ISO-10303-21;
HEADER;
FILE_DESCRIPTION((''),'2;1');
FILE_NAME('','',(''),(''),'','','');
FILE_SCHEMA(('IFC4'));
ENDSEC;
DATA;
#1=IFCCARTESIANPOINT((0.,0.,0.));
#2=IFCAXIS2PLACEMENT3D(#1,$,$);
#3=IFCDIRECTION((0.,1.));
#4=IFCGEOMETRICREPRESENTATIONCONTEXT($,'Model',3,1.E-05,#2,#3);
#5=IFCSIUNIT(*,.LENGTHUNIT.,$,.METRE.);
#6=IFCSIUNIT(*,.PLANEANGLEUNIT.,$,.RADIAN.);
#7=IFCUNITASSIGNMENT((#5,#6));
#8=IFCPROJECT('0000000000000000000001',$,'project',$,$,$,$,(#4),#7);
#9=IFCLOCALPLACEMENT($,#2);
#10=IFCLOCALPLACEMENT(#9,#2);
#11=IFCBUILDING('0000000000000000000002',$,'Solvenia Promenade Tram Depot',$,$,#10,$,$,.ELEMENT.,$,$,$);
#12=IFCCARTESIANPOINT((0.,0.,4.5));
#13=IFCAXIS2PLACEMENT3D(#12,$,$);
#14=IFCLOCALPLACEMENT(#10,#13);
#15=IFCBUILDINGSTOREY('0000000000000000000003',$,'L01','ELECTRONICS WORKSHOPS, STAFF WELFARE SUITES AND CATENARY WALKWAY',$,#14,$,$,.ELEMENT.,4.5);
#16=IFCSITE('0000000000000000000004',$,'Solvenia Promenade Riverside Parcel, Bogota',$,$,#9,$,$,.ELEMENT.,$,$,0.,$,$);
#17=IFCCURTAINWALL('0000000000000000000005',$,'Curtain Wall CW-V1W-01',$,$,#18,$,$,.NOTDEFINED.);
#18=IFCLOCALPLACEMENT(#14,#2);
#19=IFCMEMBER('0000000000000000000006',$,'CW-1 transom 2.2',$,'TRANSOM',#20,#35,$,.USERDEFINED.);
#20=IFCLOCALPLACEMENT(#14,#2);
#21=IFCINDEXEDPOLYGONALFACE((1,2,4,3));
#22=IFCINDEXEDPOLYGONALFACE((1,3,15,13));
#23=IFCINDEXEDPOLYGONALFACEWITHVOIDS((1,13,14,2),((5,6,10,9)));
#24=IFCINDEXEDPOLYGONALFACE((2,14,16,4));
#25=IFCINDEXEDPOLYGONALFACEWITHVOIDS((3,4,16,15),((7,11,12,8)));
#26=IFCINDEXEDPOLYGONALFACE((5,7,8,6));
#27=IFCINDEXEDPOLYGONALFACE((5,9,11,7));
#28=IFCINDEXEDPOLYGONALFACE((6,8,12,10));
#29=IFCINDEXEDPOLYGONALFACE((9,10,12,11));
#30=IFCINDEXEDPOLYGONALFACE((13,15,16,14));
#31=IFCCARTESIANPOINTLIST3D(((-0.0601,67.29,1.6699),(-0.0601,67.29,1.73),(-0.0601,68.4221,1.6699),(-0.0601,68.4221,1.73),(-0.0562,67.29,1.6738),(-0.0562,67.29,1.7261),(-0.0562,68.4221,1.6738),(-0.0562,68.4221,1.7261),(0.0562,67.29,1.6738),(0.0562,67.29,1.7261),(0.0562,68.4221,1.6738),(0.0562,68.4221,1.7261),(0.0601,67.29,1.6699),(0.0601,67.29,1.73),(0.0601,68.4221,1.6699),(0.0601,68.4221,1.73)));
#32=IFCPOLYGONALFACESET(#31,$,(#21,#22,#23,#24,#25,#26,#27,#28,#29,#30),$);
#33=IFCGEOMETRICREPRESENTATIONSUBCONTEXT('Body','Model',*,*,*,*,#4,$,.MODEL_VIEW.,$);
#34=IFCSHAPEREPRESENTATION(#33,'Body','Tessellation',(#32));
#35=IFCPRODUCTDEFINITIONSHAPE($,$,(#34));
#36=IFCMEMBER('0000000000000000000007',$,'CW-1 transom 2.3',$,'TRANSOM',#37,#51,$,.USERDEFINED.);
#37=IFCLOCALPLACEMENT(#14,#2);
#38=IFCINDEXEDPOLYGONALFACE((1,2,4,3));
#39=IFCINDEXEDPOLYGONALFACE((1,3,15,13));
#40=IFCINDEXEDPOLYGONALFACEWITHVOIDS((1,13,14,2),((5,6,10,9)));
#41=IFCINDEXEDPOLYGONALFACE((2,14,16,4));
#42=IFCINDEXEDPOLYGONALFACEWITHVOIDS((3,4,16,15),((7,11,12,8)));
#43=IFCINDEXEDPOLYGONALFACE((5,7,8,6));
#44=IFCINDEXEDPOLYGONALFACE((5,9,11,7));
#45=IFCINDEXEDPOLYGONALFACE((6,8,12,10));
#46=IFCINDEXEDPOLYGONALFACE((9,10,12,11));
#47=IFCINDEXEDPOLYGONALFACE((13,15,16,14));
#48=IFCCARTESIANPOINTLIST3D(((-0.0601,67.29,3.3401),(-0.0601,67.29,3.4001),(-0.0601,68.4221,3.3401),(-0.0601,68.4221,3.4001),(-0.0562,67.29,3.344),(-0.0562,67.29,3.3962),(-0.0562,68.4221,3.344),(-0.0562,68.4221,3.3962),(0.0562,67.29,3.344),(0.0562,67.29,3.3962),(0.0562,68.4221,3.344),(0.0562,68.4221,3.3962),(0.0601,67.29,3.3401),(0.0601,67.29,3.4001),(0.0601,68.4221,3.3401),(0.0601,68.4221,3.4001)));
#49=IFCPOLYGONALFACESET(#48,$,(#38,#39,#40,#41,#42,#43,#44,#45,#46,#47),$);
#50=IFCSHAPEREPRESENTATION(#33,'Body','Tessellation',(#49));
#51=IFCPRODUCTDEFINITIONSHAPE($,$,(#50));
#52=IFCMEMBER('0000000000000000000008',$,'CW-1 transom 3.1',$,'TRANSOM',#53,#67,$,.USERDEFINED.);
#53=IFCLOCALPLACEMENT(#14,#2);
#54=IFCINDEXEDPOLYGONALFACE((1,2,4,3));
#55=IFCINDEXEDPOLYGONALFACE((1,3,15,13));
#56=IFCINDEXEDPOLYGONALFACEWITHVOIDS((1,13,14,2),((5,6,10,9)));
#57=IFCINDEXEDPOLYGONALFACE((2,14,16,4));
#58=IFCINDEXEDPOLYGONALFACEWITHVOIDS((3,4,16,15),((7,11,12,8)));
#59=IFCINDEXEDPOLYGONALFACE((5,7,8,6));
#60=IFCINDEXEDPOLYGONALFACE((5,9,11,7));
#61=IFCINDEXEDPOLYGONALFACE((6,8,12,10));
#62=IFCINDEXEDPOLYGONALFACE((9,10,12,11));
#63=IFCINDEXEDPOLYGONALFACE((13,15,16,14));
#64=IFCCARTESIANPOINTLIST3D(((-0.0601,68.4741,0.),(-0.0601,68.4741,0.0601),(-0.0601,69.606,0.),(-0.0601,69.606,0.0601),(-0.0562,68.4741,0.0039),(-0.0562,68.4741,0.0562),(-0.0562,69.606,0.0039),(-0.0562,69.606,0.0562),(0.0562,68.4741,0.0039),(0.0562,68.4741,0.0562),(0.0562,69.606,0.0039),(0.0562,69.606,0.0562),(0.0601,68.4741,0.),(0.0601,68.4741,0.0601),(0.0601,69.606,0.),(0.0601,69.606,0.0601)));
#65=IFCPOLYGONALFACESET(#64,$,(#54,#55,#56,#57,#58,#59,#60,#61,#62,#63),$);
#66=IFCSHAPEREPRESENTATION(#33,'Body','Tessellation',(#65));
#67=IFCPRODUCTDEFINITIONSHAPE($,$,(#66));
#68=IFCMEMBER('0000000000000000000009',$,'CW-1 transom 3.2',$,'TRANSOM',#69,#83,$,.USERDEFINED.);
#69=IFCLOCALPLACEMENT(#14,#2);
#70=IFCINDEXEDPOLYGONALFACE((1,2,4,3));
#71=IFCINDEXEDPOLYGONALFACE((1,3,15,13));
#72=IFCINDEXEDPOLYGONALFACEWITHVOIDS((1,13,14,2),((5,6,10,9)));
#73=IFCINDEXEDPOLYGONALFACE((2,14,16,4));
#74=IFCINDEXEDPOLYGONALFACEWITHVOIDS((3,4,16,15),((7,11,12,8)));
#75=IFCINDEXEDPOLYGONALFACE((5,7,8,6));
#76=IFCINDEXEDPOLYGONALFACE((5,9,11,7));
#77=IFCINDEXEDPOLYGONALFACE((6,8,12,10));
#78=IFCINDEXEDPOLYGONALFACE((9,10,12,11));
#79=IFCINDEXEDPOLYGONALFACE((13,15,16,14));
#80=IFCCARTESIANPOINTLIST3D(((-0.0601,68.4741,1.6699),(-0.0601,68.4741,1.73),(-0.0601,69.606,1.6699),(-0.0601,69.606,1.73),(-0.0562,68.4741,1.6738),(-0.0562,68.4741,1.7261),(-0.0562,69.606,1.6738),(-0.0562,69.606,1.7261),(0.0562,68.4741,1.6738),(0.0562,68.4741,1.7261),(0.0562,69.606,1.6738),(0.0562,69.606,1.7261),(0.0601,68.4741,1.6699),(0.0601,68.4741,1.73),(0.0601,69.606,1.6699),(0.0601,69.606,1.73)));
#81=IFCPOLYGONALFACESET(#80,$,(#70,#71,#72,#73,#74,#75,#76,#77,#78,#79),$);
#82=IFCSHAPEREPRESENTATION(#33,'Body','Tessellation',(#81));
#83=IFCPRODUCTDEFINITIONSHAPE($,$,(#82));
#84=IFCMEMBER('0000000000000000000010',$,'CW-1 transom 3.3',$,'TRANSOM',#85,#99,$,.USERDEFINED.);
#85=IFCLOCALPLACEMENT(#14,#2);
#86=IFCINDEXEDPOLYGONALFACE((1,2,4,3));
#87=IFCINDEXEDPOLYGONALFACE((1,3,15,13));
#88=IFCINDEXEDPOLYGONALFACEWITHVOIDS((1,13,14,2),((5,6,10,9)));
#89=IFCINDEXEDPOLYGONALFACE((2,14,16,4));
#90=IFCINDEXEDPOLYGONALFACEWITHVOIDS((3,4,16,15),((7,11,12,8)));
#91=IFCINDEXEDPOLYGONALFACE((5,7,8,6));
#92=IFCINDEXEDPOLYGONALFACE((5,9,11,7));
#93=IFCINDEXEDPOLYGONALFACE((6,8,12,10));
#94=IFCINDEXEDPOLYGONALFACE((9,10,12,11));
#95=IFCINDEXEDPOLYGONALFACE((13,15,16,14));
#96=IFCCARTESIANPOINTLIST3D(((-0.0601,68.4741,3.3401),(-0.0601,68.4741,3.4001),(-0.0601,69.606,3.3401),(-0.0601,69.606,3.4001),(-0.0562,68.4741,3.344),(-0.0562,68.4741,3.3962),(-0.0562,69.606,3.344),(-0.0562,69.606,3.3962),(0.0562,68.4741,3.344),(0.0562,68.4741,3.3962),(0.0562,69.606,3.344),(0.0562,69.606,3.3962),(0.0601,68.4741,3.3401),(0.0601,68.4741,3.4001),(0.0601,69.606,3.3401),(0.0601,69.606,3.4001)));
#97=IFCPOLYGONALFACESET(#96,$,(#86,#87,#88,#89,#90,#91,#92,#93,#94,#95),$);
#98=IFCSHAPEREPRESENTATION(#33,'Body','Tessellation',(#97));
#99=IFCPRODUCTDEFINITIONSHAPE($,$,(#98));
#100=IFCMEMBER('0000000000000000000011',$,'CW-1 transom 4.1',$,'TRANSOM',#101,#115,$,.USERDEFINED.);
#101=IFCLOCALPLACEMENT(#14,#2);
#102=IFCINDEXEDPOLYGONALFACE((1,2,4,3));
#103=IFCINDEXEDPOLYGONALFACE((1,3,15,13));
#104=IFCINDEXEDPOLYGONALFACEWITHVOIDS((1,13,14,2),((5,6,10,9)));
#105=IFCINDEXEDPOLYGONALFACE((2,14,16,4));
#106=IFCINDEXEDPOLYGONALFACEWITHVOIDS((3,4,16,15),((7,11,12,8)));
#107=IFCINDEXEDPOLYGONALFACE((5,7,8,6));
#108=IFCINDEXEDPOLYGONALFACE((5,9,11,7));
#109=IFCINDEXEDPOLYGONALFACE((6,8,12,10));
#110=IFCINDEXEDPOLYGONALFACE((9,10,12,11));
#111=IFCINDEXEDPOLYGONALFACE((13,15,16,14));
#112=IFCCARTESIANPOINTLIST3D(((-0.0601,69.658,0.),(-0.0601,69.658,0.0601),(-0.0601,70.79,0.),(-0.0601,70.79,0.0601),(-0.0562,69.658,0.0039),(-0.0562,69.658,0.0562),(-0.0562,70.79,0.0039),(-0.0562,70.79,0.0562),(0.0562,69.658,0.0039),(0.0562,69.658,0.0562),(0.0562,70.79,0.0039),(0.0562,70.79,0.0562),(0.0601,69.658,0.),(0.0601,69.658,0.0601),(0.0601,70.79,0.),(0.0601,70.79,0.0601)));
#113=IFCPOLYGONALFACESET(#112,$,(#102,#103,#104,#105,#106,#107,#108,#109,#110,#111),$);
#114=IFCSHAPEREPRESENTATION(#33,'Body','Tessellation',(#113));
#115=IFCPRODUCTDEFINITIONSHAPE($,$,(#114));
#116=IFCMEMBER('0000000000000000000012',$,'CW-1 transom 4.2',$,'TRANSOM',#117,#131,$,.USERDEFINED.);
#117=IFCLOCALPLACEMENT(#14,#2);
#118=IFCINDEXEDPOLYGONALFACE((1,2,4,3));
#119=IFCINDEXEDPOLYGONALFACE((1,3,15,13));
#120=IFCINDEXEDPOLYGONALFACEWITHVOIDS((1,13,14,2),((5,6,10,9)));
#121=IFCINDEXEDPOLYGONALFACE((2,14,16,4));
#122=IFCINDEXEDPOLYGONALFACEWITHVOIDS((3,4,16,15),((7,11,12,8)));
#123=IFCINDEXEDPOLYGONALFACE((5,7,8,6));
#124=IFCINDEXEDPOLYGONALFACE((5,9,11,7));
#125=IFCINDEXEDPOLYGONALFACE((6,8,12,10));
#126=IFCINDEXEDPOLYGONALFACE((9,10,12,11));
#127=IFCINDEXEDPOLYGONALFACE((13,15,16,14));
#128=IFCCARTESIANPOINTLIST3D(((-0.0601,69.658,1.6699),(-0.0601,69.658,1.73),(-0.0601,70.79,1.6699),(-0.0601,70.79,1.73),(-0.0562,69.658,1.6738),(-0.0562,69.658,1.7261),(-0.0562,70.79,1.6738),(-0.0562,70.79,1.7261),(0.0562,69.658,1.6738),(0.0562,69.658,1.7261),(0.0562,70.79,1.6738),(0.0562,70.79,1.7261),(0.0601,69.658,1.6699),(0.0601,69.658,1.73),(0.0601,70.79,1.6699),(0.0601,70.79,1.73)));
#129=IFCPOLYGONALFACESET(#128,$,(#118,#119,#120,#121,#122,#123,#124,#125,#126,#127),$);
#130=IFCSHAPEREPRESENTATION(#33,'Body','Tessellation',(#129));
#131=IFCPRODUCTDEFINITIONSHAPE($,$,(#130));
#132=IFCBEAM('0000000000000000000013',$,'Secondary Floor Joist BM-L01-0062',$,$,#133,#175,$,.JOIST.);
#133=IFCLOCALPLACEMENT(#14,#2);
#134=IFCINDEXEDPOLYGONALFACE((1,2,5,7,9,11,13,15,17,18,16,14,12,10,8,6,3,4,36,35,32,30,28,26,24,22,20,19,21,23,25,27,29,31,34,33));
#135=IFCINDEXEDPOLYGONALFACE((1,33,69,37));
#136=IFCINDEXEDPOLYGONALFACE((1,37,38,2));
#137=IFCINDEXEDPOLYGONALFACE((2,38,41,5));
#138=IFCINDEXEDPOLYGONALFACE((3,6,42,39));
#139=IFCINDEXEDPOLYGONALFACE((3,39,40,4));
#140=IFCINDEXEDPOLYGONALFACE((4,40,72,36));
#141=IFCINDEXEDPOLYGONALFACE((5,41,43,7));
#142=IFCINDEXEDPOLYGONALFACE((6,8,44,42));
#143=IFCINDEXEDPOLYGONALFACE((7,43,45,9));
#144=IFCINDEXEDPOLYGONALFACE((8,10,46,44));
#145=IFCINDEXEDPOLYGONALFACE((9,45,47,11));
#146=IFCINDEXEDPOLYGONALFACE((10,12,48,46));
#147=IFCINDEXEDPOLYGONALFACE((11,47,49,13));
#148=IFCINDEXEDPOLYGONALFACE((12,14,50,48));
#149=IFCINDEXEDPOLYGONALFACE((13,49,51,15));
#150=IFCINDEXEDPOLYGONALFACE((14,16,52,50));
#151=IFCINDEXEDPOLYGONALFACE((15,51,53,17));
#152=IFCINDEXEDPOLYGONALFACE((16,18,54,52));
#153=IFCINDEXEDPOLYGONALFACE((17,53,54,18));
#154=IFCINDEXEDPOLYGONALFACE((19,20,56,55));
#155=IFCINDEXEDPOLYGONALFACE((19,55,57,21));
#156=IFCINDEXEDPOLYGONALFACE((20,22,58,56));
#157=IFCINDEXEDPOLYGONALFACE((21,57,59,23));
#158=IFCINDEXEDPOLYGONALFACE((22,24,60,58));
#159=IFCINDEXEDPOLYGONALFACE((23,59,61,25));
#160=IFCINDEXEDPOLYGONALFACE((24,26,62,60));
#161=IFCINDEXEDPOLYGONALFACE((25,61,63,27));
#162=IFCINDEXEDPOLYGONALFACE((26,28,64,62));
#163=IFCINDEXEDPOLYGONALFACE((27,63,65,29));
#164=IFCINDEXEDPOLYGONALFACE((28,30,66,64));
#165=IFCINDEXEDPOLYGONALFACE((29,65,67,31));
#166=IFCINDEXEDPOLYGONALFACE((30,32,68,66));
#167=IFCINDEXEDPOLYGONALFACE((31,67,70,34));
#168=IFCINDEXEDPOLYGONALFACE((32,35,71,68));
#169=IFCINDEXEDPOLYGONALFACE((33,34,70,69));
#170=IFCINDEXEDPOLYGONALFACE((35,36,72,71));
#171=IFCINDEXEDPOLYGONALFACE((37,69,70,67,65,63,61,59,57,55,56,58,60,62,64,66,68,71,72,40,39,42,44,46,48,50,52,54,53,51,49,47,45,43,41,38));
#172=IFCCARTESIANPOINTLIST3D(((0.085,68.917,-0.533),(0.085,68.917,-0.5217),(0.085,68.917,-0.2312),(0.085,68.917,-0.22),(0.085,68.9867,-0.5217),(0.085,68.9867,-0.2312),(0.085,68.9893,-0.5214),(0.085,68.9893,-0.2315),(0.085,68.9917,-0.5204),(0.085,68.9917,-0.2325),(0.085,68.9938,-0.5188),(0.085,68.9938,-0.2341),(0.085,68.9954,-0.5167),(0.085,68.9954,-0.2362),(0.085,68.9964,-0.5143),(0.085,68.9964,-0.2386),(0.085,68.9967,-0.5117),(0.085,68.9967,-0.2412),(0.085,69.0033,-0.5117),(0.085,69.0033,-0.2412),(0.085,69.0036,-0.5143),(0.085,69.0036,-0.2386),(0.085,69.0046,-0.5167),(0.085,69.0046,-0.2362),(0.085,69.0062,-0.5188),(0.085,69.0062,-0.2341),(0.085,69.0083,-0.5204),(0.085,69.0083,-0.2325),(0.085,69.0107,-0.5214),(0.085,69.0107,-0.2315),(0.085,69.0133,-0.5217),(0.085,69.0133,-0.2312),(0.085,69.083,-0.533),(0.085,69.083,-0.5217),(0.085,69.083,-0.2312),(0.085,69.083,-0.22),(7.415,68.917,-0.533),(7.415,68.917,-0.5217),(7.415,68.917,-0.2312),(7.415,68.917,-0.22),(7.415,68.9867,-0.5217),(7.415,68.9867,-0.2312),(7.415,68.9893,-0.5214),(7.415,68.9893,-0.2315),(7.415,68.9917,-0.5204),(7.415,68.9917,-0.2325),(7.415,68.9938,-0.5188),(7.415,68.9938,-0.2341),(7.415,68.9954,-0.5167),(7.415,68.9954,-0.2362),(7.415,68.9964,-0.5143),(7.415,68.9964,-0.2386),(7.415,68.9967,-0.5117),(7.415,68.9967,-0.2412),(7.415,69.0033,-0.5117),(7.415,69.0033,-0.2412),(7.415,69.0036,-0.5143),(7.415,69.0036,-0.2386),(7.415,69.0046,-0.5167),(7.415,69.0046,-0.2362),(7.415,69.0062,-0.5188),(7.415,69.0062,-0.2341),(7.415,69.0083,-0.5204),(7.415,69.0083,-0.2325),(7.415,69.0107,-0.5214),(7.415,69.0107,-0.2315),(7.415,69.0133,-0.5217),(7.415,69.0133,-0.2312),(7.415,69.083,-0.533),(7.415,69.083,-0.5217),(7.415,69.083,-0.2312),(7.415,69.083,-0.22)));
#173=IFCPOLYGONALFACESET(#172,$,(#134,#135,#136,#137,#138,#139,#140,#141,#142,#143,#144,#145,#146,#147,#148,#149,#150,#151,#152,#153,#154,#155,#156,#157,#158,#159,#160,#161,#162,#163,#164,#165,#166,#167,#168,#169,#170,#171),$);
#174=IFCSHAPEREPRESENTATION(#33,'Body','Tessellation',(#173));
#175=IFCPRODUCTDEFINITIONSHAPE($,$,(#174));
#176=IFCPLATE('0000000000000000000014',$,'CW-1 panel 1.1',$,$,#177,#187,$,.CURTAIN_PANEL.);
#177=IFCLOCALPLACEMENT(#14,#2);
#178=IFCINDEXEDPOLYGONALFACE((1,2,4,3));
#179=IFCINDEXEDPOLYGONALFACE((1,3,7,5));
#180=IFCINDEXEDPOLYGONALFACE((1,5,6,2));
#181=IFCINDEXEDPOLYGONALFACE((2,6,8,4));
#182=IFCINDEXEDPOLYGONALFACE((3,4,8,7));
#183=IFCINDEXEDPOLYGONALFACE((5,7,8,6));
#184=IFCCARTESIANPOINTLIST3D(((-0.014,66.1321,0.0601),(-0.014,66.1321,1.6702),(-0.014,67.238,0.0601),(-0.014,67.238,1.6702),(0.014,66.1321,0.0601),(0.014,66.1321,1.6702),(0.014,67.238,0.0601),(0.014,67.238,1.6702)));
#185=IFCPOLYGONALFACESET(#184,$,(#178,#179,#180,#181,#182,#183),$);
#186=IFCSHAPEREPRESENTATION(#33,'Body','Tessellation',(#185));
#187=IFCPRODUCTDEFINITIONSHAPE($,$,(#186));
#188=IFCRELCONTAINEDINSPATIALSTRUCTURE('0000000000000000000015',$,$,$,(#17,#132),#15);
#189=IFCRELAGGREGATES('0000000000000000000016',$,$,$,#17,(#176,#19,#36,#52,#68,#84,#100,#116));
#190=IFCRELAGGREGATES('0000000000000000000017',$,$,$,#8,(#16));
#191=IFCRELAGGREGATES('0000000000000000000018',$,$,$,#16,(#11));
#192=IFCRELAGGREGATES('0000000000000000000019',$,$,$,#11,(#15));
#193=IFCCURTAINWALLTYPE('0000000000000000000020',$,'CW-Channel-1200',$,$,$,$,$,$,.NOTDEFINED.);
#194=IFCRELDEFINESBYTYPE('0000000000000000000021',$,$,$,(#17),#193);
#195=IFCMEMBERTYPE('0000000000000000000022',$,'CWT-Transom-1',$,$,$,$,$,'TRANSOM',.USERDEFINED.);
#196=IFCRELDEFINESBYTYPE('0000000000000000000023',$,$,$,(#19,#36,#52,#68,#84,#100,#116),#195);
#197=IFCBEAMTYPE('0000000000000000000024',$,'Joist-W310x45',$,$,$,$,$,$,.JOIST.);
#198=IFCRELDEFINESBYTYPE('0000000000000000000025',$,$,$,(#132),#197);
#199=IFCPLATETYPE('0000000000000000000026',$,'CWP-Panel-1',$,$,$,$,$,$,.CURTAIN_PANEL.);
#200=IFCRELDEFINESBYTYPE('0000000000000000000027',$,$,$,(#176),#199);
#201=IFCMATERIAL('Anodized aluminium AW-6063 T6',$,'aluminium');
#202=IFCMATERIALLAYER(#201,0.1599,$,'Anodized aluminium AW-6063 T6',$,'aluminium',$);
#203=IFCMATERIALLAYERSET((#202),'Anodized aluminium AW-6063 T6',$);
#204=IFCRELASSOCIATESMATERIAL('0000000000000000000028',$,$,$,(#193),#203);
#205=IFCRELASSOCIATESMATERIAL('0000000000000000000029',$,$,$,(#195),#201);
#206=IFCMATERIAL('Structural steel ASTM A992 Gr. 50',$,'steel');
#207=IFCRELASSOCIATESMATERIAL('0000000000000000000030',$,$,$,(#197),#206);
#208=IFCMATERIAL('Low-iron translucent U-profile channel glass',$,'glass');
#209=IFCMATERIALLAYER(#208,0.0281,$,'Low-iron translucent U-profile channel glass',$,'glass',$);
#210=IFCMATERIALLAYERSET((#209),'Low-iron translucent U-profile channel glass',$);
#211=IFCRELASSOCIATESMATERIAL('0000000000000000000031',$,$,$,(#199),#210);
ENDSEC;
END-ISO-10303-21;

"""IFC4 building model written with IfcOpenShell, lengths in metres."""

from ifc_helpers import new_model, si_unit, direction, frame, origin, origin_2d, place, context, subcontext, project, spatial, rectangle, hollow_rectangle, i_section, extrude, material, layer, layer_set, material_profile, profile_set, type_object, element, aggregate, save


model = new_model("IFC4")

# Units and contexts
model_context = context("Model", 3, precision=1e-05, world=origin(), true_north=direction((0.0, 1.0)))
body_context = subcontext(model_context, "Body", "Model", "MODEL_VIEW")
ifc_project = project(units=[si_unit("LENGTHUNIT", "METRE"), si_unit("PLANEANGLEUNIT", "RADIAN")], contexts=[model_context])

# Site, building, storey
site_placement = place(None, origin())
site = spatial("IfcSite", under=ifc_project, at=site_placement, Name="Solvenia Promenade Riverside Parcel, Bogota", CompositionType="ELEMENT", RefElevation=0.0)
building_placement = place(site_placement, origin())
building = spatial("IfcBuilding", under=site, at=building_placement, Name="Solvenia Promenade Tram Depot", CompositionType="ELEMENT")
storey_placement = place(building_placement, frame((0.0, 0.0, 4.5)))
storey = spatial("IfcBuildingStorey", under=building, at=storey_placement, Name="L01", Description="ELECTRONICS WORKSHOPS, STAFF WELFARE SUITES AND CATENARY WALKWAY", CompositionType="ELEMENT", Elevation=4.5)

# Shared definitions
ifc_material_1 = material(Name="Structural steel ASTM A992 Gr. 50", Category="steel")

# Curtain wall, members
ifc_material_2 = material(Name="Anodized aluminium AW-6063 T6", Category="aluminium")
ifc_layer_1 = layer(ifc_material_2, 0.1599, Name="Anodized aluminium AW-6063 T6", Category="aluminium")
ifc_layer_set_1 = layer_set([ifc_layer_1], Name="Anodized aluminium AW-6063 T6")
curtain_wall_type = type_object("IfcCurtainWallType", Name="CW-Channel-1200", PredefinedType="NOTDEFINED", material=ifc_layer_set_1)
curtain_wall_placement = place(storey_placement, origin())
curtain_wall = element("IfcCurtainWall", 1, at=curtain_wall_placement, inside=storey, type_object=curtain_wall_type, Name="Curtain Wall CW-V1W-01", PredefinedType="NOTDEFINED")
ifc_material_profile_1 = material_profile(ifc_material_2, hollow_rectangle(XDim=0.1201, YDim=0.0601, WallThickness=0.0039, at=origin_2d()), Name="ALU-T1", Category="aluminium")
ifc_profile_set_1 = profile_set([ifc_material_profile_1], Name="Anodized aluminium AW-6063 T6")
member_type_1 = type_object("IfcMemberType", Name="CWT-Transom-1", ElementType="TRANSOM", PredefinedType="USERDEFINED", material=ifc_profile_set_1)
member_1_placement = place(storey_placement, frame((0.0, 67.29, 1.7), z_axis=(0.0, 1.0, 0.0), x_axis=(-1.0, 0.0, 0.0)))
member_1 = element("IfcMember", 2, at=member_1_placement, type_object=member_type_1, Name="CW-1 transom 2.2", ObjectType="TRANSOM", PredefinedType="USERDEFINED", context=body_context, shape_type="SweptSolid", body=[
    extrude(hollow_rectangle(XDim=0.1201, YDim=0.0601, WallThickness=0.0039, at=origin_2d()), origin(), (0.0, 0.0, 1.0), 1.1321),
])
member_2_placement = place(storey_placement, frame((0.0, 67.29, 3.3701), z_axis=(0.0, 1.0, 0.0), x_axis=(-1.0, 0.0, 0.0)))
member_2 = element("IfcMember", 3, at=member_2_placement, type_object=member_type_1, Name="CW-1 transom 2.3", ObjectType="TRANSOM", PredefinedType="USERDEFINED", context=body_context, shape_type="SweptSolid", body=[
    extrude(hollow_rectangle(XDim=0.1201, YDim=0.0601, WallThickness=0.0039, at=origin_2d()), origin(), (0.0, 0.0, 1.0), 1.1321),
])
member_3_placement = place(storey_placement, frame((0.0, 68.4741, 0.03), z_axis=(0.0, 1.0, 0.0), x_axis=(-1.0, 0.0, 0.0)))
member_3 = element("IfcMember", 4, at=member_3_placement, type_object=member_type_1, Name="CW-1 transom 3.1", ObjectType="TRANSOM", PredefinedType="USERDEFINED", context=body_context, shape_type="SweptSolid", body=[
    extrude(hollow_rectangle(XDim=0.1201, YDim=0.0601, WallThickness=0.0039, at=origin_2d()), origin(), (0.0, 0.0, 1.0), 1.1318),
])
member_4_placement = place(storey_placement, frame((0.0, 68.4741, 1.7), z_axis=(0.0, 1.0, 0.0), x_axis=(-1.0, 0.0, 0.0)))
member_4 = element("IfcMember", 5, at=member_4_placement, type_object=member_type_1, Name="CW-1 transom 3.2", ObjectType="TRANSOM", PredefinedType="USERDEFINED", context=body_context, shape_type="SweptSolid", body=[
    extrude(hollow_rectangle(XDim=0.1201, YDim=0.0601, WallThickness=0.0039, at=origin_2d()), origin(), (0.0, 0.0, 1.0), 1.1318),
])
member_5_placement = place(storey_placement, frame((0.0, 68.4741, 3.3701), z_axis=(0.0, 1.0, 0.0), x_axis=(-1.0, 0.0, 0.0)))
member_5 = element("IfcMember", 6, at=member_5_placement, type_object=member_type_1, Name="CW-1 transom 3.3", ObjectType="TRANSOM", PredefinedType="USERDEFINED", context=body_context, shape_type="SweptSolid", body=[
    extrude(hollow_rectangle(XDim=0.1201, YDim=0.0601, WallThickness=0.0039, at=origin_2d()), origin(), (0.0, 0.0, 1.0), 1.1318),
])
member_6_placement = place(storey_placement, frame((0.0, 69.658, 0.03), z_axis=(0.0, 1.0, 0.0), x_axis=(-1.0, 0.0, 0.0)))
member_6 = element("IfcMember", 7, at=member_6_placement, type_object=member_type_1, Name="CW-1 transom 4.1", ObjectType="TRANSOM", PredefinedType="USERDEFINED", context=body_context, shape_type="SweptSolid", body=[
    extrude(hollow_rectangle(XDim=0.1201, YDim=0.0601, WallThickness=0.0039, at=origin_2d()), origin(), (0.0, 0.0, 1.0), 1.1321),
])
member_7_placement = place(storey_placement, frame((0.0, 69.658, 1.7), z_axis=(0.0, 1.0, 0.0), x_axis=(-1.0, 0.0, 0.0)))
member_7 = element("IfcMember", 8, at=member_7_placement, type_object=member_type_1, Name="CW-1 transom 4.2", ObjectType="TRANSOM", PredefinedType="USERDEFINED", context=body_context, shape_type="SweptSolid", body=[
    extrude(hollow_rectangle(XDim=0.1201, YDim=0.0601, WallThickness=0.0039, at=origin_2d()), origin(), (0.0, 0.0, 1.0), 1.1321),
])

# Beam
ifc_material_profile_2 = material_profile(ifc_material_1, i_section(OverallWidth=0.166, OverallDepth=0.313, WebThickness=0.0066, FlangeThickness=0.0112, FilletRadius=0.01, at=origin_2d()), Name="W310x45", Category="steel")
ifc_profile_set_2 = profile_set([ifc_material_profile_2], Name="Structural steel ASTM A992 Gr. 50")
beam_type_1 = type_object("IfcBeamType", Name="Joist-W310x45", PredefinedType="JOIST", material=ifc_profile_set_2)
beam_1_placement = place(storey_placement, frame((0.085, 69.0, -0.3765), z_axis=(1.0, 0.0, 0.0), x_axis=(0.0, 1.0, 0.0)))
element("IfcBeam", 9, at=beam_1_placement, inside=storey, type_object=beam_type_1, Name="Secondary Floor Joist BM-L01-0062", PredefinedType="JOIST", context=body_context, shape_type="SweptSolid", body=[
    extrude(i_section(OverallWidth=0.166, OverallDepth=0.313, WebThickness=0.0066, FlangeThickness=0.0112, FilletRadius=0.01, at=origin_2d()), origin(), (0.0, 0.0, 1.0), 7.3301),
])

# Plate
ifc_material_3 = material(Name="Low-iron translucent U-profile channel glass", Category="glass")
ifc_layer_2 = layer(ifc_material_3, 0.0281, Name="Low-iron translucent U-profile channel glass", Category="glass")
ifc_layer_set_2 = layer_set([ifc_layer_2], Name="Low-iron translucent U-profile channel glass")
plate_type = type_object("IfcPlateType", Name="CWP-Panel-1", PredefinedType="CURTAIN_PANEL", material=ifc_layer_set_2)
plate_1_placement = place(storey_placement, frame((0.0, 66.6851, 0.0601), z_axis=(0.0, 0.0, 1.0), x_axis=(0.0, 1.0, 0.0)))
plate_1 = element("IfcPlate", 10, at=plate_1_placement, type_object=plate_type, Name="CW-1 panel 1.1", PredefinedType="CURTAIN_PANEL", context=body_context, shape_type="SweptSolid", body=[
    extrude(rectangle(XDim=1.106, YDim=0.0281, at=origin_2d()), origin(), (0.0, 0.0, 1.0), 1.6101),
])
aggregate(curtain_wall, [plate_1, member_1, member_2, member_3, member_4, member_5, member_6, member_7])

save(model, "model.ifc")
